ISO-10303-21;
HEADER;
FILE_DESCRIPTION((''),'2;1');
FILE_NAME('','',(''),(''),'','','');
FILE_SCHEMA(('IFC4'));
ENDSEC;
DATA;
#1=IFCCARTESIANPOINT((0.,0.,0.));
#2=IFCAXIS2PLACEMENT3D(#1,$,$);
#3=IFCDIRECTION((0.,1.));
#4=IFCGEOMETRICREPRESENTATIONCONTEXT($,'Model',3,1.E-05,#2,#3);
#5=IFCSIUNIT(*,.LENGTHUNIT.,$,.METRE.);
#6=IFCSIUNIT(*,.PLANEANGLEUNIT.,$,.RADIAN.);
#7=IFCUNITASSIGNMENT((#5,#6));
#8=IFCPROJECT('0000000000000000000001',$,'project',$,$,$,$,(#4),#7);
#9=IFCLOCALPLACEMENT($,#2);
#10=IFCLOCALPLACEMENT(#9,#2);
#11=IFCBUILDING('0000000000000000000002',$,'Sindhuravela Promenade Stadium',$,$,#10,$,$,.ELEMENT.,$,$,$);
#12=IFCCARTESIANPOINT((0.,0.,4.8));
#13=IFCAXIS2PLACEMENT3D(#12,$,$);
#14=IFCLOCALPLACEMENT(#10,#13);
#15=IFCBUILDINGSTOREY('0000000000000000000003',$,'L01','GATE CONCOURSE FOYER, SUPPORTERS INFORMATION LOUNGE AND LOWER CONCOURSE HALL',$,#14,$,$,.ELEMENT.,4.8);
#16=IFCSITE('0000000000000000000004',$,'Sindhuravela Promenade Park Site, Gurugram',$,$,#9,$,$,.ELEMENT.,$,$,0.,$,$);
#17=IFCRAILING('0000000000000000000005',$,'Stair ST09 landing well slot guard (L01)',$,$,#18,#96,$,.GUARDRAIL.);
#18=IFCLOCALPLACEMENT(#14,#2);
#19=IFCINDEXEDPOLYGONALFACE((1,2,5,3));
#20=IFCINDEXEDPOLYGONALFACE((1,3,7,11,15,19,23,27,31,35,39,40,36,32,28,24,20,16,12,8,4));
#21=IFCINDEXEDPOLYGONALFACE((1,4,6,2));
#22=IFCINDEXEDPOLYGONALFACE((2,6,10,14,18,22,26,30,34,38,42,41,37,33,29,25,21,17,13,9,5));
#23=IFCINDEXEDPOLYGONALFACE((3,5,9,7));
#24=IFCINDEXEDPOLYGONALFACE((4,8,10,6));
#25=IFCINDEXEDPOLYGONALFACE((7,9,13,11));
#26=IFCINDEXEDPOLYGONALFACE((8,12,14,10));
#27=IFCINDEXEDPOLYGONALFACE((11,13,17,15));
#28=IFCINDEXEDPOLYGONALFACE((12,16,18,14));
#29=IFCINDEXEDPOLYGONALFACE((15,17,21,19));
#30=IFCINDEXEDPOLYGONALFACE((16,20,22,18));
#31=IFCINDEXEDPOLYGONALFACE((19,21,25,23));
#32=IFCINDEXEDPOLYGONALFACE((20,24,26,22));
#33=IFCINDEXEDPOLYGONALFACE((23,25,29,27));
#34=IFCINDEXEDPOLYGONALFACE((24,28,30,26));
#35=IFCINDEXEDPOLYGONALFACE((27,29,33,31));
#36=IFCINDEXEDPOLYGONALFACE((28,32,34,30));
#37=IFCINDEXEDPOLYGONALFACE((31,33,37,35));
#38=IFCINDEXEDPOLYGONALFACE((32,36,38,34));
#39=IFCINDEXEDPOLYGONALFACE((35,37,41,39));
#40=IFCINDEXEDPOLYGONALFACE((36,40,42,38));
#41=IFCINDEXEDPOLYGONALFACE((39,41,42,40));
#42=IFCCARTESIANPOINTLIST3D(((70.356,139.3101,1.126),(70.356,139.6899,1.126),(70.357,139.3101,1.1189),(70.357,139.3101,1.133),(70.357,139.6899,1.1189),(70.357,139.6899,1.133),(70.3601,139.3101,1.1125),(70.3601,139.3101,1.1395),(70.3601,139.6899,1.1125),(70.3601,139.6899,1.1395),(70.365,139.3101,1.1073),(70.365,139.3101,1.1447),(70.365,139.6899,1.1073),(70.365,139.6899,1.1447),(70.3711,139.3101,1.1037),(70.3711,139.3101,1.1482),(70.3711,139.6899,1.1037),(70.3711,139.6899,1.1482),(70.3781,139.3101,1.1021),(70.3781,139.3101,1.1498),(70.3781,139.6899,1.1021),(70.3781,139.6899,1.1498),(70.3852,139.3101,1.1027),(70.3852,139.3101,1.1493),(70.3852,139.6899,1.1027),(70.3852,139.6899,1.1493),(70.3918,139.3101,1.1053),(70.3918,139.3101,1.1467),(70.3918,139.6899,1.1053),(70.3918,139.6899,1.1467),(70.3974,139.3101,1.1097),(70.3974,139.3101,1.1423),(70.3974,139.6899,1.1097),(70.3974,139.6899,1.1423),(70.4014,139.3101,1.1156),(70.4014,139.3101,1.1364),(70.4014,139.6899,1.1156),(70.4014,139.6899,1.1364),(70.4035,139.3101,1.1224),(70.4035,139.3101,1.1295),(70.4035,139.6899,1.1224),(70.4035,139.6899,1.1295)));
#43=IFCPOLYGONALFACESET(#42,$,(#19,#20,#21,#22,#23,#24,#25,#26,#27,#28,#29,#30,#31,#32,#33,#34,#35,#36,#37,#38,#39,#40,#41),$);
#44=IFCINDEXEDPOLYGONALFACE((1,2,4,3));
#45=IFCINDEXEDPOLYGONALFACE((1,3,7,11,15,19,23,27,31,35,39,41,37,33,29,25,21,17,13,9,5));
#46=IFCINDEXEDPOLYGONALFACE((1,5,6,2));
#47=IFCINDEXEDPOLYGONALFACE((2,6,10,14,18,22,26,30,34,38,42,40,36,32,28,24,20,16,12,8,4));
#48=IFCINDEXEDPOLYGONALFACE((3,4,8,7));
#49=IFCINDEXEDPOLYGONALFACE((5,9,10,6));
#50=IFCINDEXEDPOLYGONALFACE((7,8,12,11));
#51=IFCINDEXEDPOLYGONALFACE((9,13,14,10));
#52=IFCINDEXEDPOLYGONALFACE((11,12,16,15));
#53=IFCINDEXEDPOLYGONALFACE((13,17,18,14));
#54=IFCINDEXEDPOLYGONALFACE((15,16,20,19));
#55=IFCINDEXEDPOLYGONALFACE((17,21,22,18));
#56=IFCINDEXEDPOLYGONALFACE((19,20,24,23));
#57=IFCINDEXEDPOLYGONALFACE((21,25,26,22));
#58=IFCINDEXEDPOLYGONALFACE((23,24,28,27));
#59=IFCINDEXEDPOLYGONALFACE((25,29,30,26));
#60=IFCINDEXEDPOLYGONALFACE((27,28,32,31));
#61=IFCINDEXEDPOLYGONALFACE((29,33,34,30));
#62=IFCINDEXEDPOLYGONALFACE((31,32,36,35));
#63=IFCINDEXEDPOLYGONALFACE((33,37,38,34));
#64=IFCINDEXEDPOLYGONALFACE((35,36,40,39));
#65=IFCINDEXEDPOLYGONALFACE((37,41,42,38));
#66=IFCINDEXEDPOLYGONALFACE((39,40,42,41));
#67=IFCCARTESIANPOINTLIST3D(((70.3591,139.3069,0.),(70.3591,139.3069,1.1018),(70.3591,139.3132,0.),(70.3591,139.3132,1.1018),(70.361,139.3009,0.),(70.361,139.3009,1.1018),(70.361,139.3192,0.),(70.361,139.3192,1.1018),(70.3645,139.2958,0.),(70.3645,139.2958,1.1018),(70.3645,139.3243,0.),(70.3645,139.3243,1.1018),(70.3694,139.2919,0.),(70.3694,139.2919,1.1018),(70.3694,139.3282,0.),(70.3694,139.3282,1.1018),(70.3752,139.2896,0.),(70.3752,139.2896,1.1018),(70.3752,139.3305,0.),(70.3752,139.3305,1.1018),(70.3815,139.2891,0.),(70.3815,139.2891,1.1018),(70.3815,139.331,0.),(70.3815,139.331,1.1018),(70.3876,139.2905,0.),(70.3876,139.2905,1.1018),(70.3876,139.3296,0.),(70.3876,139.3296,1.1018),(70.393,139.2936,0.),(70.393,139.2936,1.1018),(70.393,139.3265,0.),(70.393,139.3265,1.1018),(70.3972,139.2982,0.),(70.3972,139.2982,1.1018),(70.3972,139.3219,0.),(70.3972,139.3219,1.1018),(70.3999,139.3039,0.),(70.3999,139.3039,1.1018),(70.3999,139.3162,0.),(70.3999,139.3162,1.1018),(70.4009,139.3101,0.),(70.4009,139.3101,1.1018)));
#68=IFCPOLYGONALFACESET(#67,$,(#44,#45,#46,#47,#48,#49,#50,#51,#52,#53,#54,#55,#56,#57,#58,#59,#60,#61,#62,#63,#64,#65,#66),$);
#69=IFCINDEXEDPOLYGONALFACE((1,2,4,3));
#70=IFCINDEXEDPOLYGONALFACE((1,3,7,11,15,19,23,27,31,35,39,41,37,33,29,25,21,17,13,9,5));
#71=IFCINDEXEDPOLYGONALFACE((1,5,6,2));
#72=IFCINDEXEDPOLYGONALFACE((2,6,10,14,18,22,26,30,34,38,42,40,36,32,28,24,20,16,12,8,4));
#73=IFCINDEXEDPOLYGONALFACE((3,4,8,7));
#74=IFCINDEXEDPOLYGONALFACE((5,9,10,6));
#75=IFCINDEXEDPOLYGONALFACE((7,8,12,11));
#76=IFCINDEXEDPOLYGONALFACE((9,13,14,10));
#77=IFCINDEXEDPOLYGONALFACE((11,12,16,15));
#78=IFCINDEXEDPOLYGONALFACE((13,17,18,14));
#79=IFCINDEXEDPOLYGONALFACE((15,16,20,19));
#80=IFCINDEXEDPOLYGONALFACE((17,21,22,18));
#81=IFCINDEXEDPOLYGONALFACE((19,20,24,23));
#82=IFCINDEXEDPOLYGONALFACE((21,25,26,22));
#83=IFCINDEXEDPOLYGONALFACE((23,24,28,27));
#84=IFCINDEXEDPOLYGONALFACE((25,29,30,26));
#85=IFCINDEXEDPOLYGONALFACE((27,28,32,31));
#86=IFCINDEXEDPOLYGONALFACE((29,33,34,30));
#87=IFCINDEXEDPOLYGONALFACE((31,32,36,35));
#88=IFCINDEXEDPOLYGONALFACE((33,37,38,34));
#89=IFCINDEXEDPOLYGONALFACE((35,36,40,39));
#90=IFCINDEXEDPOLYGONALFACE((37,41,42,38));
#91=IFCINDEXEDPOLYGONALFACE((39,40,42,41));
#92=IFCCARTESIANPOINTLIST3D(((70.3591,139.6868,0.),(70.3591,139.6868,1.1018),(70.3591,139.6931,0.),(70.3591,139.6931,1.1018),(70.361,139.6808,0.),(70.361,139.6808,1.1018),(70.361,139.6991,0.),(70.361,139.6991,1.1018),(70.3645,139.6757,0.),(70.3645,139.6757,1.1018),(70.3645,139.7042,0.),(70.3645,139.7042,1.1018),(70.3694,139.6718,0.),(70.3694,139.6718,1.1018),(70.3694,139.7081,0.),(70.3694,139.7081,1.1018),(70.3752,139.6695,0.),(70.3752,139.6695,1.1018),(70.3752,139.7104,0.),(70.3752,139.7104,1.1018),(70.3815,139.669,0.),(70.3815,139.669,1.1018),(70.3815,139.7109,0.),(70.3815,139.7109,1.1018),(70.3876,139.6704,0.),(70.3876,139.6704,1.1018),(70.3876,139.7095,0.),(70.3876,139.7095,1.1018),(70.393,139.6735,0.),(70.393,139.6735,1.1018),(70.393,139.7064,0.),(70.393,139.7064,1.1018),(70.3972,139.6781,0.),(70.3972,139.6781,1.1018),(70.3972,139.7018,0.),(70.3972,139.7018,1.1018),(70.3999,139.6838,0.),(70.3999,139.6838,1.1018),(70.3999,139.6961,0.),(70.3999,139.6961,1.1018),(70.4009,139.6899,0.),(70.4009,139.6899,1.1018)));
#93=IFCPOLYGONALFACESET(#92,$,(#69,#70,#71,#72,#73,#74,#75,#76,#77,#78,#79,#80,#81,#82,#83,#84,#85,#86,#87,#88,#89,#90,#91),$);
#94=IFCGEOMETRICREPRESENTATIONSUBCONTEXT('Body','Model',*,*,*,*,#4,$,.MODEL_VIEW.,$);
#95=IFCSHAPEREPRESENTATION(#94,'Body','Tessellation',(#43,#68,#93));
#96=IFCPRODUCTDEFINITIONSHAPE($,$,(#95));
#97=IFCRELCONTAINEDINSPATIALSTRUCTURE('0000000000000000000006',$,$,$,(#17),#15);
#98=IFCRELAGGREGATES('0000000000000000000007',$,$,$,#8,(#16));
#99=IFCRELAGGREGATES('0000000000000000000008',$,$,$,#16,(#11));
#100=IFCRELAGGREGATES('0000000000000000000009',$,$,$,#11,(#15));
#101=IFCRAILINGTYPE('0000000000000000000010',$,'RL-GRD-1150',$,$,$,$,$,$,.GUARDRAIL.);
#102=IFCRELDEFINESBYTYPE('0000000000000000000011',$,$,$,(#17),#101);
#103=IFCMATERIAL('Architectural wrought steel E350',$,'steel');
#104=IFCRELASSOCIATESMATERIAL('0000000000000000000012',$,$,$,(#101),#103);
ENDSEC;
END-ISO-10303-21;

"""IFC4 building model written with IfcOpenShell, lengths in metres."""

from ifc_helpers import new_model, si_unit, direction, frame, origin, origin_2d, place, context, subcontext, project, spatial, circle, extrude, material, type_object, element, save


model = new_model("IFC4")

# Units and contexts
model_context = context("Model", 3, precision=1e-05, world=origin(), true_north=direction((0.0, 1.0)))
body_context = subcontext(model_context, "Body", "Model", "MODEL_VIEW")
ifc_project = project(units=[si_unit("LENGTHUNIT", "METRE"), si_unit("PLANEANGLEUNIT", "RADIAN")], contexts=[model_context])

# Site, building, storey
site_placement = place(None, origin())
site = spatial("IfcSite", under=ifc_project, at=site_placement, Name="Sindhuravela Promenade Park Site, Gurugram", CompositionType="ELEMENT", RefElevation=0.0)
building_placement = place(site_placement, origin())
building = spatial("IfcBuilding", under=site, at=building_placement, Name="Sindhuravela Promenade Stadium", CompositionType="ELEMENT")
storey_placement = place(building_placement, frame((0.0, 0.0, 4.8)))
storey = spatial("IfcBuildingStorey", under=building, at=storey_placement, Name="L01", Description="GATE CONCOURSE FOYER, SUPPORTERS INFORMATION LOUNGE AND LOWER CONCOURSE HALL", CompositionType="ELEMENT", Elevation=4.8)

# Shared definitions
ifc_material_1 = material(Name="Architectural wrought steel E350", Category="steel")

# Railing
railing_type_1 = type_object("IfcRailingType", Name="RL-GRD-1150", PredefinedType="GUARDRAIL", material=ifc_material_1)
railing_1_placement = place(storey_placement, frame((70.3799, 139.3101, 0.0)))
element("IfcRailing", 1, at=railing_1_placement, inside=storey, type_object=railing_type_1, Name="Stair ST09 landing well slot guard (L01)", PredefinedType="GUARDRAIL", context=body_context, shape_type="SweptSolid", body=[
    extrude(circle(Radius=0.0239, at=origin_2d()), frame((0.0, 0.0, 1.126), z_axis=(0.0, 1.0, 0.0), x_axis=(-1.0, 0.0, 0.0)), (0.0, 0.0, 1.0), 0.3799),
    extrude(circle(Radius=0.021, at=origin_2d()), origin(), (0.0, 0.0, 1.0), 1.1018),
    extrude(circle(Radius=0.021, at=origin_2d()), frame((0.0, 0.3799, 0.0)), (0.0, 0.0, 1.0), 1.1018),
])

save(model, "model.ifc")
